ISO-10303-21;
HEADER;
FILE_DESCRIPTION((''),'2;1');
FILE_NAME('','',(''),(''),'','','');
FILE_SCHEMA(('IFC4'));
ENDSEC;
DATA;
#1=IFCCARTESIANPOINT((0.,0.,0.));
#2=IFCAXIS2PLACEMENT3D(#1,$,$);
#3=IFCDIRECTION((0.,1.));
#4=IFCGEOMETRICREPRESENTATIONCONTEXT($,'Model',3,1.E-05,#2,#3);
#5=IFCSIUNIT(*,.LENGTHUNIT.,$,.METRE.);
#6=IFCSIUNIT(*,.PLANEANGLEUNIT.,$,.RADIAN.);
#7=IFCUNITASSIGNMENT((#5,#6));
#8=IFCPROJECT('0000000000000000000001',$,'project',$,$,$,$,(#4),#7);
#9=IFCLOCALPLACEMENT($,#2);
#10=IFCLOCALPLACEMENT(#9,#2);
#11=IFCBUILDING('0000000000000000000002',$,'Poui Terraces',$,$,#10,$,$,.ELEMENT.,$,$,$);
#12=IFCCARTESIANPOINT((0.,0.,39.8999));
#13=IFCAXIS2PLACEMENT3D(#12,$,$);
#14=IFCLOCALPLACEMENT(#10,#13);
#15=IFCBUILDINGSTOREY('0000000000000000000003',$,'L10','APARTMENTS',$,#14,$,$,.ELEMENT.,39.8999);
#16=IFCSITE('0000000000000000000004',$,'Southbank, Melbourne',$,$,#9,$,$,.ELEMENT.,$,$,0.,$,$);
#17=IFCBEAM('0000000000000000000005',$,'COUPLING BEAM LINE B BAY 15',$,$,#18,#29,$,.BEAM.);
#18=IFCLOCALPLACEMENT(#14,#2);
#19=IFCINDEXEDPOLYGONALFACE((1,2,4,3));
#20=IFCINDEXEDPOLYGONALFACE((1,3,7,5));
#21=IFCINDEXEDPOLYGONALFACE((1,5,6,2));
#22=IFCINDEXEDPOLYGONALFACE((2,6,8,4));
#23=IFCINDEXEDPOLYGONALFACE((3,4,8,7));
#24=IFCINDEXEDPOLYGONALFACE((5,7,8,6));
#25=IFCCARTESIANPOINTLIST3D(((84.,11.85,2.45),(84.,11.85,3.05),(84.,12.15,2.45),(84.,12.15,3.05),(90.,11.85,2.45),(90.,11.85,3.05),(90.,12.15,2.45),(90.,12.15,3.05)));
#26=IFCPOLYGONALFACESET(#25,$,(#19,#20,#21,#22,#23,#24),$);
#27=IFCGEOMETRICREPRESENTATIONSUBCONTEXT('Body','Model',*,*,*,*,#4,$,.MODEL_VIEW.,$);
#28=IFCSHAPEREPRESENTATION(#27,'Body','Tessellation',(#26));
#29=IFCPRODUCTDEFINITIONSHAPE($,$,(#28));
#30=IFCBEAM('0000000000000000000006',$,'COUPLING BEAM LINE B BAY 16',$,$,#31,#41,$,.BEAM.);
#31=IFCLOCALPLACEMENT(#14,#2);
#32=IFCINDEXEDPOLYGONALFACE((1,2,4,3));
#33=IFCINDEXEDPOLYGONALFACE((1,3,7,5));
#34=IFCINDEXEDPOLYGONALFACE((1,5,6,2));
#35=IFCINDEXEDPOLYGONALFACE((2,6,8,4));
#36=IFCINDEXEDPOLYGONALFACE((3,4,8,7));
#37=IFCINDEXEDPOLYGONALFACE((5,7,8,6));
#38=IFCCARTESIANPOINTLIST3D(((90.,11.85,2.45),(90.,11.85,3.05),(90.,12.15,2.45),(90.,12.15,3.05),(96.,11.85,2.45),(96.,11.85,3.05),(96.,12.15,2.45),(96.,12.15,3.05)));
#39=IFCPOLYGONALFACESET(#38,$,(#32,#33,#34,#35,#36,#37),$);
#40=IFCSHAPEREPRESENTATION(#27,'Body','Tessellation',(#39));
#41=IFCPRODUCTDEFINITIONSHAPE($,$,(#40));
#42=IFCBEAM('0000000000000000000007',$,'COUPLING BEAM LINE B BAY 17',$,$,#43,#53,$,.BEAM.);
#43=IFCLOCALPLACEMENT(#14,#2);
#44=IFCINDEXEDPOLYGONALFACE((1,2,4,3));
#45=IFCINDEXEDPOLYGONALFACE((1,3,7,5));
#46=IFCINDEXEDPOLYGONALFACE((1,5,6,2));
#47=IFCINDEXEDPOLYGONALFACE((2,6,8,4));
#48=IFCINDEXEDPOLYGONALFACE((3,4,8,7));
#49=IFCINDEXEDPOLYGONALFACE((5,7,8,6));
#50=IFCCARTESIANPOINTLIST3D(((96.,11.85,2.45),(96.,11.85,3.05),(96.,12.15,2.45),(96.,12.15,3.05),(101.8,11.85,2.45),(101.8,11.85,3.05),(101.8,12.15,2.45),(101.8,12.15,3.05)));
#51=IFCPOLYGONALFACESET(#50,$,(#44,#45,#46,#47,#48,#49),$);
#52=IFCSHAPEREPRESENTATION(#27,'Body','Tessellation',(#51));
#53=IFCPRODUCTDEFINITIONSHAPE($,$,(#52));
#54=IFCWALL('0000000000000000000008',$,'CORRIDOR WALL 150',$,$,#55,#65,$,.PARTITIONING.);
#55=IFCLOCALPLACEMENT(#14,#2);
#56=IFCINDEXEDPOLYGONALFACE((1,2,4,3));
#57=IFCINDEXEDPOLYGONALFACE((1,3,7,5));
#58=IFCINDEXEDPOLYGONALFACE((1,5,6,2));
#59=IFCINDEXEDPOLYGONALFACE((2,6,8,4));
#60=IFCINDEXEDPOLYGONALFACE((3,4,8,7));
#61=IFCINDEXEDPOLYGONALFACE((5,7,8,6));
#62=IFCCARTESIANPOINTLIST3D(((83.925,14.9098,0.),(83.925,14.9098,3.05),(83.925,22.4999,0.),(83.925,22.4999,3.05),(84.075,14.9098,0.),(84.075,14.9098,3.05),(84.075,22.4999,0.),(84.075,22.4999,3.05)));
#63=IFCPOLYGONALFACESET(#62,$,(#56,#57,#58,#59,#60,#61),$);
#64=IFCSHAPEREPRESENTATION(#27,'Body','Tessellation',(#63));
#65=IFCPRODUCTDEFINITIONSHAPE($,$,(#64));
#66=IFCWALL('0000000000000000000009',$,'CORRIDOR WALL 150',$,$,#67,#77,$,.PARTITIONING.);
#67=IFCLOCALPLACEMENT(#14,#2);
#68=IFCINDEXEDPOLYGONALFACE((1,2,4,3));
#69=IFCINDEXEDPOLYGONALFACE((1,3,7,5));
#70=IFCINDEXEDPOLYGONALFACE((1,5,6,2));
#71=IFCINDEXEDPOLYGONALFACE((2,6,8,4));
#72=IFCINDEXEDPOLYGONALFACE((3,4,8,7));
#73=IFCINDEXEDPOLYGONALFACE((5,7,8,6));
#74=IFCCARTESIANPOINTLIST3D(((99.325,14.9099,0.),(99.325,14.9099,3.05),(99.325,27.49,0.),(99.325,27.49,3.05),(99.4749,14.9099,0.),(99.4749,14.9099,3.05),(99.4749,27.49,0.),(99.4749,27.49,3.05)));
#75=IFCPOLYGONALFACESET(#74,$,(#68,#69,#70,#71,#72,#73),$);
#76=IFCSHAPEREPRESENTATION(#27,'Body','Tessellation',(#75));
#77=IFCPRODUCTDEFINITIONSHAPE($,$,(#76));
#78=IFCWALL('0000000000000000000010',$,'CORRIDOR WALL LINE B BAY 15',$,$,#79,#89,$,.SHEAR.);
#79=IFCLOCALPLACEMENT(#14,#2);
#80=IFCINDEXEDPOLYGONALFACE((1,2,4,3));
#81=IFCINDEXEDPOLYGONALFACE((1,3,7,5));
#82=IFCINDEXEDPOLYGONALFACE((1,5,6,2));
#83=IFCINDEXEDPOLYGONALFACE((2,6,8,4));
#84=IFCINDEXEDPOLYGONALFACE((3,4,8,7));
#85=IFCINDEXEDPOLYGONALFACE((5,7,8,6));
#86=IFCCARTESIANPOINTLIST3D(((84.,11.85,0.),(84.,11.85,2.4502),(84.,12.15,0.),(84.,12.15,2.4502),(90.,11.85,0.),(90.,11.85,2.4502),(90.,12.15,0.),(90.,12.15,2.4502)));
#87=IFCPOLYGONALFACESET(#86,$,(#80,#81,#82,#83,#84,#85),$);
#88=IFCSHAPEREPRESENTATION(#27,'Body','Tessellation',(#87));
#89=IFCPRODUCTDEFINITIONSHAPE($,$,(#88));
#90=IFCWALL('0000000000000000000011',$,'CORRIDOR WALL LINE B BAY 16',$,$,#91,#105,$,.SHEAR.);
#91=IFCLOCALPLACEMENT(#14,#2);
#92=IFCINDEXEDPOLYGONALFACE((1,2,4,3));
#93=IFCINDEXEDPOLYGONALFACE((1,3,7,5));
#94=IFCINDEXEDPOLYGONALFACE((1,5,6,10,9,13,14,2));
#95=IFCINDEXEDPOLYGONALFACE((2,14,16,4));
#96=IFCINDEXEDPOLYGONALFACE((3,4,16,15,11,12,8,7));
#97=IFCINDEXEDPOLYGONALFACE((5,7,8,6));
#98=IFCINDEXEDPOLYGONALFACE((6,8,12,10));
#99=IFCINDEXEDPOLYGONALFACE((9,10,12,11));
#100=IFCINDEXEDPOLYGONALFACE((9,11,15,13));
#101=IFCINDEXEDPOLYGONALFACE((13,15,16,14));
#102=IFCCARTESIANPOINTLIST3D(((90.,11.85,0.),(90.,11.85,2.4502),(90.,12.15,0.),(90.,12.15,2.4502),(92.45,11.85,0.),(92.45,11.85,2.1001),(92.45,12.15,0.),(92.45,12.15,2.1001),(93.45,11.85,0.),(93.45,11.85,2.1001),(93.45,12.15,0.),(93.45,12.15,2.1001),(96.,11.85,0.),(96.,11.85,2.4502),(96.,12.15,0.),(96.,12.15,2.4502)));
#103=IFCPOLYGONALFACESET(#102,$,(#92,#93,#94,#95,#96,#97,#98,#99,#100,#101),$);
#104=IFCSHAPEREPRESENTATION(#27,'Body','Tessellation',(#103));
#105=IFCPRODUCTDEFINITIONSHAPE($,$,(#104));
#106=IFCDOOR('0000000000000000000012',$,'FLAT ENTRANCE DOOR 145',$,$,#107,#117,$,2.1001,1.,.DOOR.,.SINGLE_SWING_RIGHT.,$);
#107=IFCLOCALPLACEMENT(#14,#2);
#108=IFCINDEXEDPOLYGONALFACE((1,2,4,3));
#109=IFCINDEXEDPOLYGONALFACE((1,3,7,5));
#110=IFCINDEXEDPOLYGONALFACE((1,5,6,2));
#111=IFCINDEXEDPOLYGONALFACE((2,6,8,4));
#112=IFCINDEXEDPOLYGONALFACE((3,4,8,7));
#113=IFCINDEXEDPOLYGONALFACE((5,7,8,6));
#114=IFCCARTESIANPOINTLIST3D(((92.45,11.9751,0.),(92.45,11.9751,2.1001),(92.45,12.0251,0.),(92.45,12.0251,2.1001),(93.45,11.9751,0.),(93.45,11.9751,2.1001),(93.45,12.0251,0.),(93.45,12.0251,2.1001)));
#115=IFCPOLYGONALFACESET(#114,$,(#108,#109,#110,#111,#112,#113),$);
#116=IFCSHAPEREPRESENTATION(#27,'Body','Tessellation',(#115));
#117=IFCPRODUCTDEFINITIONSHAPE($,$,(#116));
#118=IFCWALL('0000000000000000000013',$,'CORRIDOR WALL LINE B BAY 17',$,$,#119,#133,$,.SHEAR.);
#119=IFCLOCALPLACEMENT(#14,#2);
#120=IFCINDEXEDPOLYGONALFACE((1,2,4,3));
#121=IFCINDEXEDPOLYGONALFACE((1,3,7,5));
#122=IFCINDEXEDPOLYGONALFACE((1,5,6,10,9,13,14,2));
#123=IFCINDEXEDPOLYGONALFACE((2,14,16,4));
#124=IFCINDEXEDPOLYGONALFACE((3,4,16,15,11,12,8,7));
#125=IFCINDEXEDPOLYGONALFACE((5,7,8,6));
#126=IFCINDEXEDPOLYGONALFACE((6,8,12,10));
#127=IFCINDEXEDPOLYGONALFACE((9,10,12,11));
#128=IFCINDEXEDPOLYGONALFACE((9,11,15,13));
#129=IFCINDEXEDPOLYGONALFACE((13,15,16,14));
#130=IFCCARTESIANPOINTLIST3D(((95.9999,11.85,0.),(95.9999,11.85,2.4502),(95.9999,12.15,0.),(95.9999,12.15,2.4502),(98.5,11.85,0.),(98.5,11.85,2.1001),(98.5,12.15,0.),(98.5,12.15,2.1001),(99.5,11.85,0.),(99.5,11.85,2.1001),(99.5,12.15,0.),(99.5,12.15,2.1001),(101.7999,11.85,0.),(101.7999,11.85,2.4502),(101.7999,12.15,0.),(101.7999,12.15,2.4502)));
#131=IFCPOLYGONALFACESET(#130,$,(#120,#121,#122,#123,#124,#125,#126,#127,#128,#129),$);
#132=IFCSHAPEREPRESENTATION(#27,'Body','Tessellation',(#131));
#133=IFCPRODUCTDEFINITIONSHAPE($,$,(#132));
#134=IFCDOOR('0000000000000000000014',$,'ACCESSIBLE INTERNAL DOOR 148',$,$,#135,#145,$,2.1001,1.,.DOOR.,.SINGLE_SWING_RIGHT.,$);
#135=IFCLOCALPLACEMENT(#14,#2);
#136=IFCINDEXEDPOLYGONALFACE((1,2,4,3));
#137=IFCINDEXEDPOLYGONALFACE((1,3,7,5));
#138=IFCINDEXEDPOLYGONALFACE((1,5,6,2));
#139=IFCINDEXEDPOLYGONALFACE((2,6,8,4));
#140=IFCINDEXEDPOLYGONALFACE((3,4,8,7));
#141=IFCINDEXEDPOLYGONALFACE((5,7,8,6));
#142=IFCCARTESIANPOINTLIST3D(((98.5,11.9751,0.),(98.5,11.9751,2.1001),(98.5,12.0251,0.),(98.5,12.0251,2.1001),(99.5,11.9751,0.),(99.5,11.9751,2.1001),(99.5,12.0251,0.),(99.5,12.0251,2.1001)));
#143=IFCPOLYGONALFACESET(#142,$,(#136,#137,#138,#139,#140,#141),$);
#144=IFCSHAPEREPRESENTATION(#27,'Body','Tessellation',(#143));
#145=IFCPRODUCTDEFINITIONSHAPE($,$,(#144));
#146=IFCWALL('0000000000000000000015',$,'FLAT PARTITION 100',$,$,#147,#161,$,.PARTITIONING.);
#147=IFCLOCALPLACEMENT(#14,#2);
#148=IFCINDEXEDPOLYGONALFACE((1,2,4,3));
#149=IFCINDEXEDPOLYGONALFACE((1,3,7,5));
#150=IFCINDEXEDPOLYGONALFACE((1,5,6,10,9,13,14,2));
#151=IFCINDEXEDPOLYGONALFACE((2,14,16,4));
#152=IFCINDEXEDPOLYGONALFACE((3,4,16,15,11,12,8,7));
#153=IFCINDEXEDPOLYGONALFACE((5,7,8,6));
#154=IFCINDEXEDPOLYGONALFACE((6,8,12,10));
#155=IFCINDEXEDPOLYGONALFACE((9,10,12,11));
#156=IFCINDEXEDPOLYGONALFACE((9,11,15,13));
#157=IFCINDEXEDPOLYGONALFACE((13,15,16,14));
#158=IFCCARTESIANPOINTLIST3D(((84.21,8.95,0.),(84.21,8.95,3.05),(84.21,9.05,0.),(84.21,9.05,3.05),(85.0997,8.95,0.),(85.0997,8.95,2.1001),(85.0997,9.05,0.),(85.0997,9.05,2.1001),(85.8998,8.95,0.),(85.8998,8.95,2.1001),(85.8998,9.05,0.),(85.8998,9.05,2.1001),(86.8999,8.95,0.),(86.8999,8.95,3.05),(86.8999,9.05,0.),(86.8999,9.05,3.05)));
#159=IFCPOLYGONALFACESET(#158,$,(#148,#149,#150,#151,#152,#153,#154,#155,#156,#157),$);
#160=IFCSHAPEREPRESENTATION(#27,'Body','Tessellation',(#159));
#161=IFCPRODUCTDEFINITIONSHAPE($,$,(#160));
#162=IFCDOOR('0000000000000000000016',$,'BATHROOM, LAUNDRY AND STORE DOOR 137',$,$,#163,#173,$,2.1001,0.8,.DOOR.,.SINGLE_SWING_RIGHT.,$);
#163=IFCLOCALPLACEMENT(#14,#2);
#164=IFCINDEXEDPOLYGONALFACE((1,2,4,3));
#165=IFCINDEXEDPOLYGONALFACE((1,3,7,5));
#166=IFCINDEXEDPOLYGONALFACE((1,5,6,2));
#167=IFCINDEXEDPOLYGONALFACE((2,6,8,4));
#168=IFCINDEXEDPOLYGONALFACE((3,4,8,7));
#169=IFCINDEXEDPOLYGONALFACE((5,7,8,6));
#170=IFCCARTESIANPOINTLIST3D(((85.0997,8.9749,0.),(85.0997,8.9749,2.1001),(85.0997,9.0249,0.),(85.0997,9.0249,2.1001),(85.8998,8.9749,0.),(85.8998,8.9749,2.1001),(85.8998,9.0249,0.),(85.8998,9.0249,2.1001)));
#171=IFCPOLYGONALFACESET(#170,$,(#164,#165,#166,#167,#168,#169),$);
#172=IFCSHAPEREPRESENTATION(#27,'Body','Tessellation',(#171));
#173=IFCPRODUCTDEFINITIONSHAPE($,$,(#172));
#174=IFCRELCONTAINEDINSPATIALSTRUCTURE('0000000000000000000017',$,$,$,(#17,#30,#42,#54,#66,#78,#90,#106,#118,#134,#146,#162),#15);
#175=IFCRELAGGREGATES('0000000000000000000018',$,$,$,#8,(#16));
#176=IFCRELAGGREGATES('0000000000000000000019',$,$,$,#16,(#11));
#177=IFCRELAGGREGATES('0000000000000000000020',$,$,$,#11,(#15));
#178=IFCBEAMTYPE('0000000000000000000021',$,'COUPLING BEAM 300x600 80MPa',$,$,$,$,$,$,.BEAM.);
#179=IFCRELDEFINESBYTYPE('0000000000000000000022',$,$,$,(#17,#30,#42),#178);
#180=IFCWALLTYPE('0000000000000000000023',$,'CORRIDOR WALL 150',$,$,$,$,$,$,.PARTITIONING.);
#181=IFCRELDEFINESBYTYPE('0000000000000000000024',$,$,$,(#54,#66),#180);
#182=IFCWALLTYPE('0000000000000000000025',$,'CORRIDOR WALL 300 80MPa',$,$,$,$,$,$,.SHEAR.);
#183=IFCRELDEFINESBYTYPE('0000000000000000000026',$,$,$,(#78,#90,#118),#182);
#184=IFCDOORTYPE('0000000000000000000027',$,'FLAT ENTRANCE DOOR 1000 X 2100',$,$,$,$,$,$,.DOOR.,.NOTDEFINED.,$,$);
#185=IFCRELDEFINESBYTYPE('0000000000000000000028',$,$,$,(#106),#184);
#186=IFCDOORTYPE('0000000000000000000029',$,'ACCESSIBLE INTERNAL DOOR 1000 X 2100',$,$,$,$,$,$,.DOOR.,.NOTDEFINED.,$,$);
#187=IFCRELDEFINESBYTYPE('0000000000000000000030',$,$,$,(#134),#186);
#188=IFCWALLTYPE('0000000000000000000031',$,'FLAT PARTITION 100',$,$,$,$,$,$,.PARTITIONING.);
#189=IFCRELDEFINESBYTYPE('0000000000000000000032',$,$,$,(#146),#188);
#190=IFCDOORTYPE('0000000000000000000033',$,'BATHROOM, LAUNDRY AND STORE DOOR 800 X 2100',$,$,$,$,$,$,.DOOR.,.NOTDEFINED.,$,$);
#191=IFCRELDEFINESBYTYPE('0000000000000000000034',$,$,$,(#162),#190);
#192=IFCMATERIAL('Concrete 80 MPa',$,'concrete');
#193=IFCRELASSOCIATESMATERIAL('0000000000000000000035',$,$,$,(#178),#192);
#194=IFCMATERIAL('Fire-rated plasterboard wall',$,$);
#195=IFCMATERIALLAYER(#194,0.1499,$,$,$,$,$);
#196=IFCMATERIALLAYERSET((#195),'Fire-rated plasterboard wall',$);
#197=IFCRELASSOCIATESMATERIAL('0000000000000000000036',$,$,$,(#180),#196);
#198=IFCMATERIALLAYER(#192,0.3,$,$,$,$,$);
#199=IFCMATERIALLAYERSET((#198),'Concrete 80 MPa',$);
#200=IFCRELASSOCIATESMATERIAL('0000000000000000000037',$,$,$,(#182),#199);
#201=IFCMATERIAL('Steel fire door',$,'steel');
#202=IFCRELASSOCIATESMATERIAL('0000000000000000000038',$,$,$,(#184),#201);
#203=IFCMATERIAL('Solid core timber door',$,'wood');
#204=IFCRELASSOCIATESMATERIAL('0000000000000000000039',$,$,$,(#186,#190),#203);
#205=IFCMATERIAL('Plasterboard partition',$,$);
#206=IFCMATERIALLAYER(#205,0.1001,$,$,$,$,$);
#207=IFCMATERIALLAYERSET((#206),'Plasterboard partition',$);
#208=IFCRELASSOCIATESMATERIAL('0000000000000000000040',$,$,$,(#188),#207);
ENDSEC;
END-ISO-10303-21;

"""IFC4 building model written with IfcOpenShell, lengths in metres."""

from ifc_helpers import new_model, si_unit, direction, frame, frame_2d, origin, origin_2d, place, context, subcontext, project, spatial, rectangle, extrude, source, transform, mapped, material, layer, layer_set, material_profile, profile_set, type_object, element, fill, save


model = new_model("IFC4")

# Units and contexts
model_context = context("Model", 3, precision=1e-05, world=origin(), true_north=direction((0.0, 1.0)))
body_context = subcontext(model_context, "Body", "Model", "MODEL_VIEW")
ifc_project = project(units=[si_unit("LENGTHUNIT", "METRE"), si_unit("PLANEANGLEUNIT", "RADIAN")], contexts=[model_context])

# Site, building, storey
site_placement = place(None, origin())
site = spatial("IfcSite", under=ifc_project, at=site_placement, Name="Southbank, Melbourne", CompositionType="ELEMENT", RefElevation=0.0)
building_placement = place(site_placement, origin())
building = spatial("IfcBuilding", under=site, at=building_placement, Name="Poui Terraces", CompositionType="ELEMENT")
storey_placement = place(building_placement, frame((0.0, 0.0, 39.8999)))
storey = spatial("IfcBuildingStorey", under=building, at=storey_placement, Name="L10", Description="APARTMENTS", CompositionType="ELEMENT", Elevation=39.8999)

# Beams
ifc_material_1 = material(Name="Concrete 80 MPa", Category="concrete")
ifc_material_profile = material_profile(ifc_material_1, rectangle(XDim=0.3, YDim=0.6001, at=origin_2d()), Name="RC 300x600")
ifc_profile_set = profile_set([ifc_material_profile], Name="Concrete 80 MPa")
beam_type = type_object("IfcBeamType", Name="COUPLING BEAM 300x600 80MPa", PredefinedType="BEAM", material=ifc_profile_set)
shared_shape_1 = source(origin(), body_context, "Body", "SweptSolid", [
    extrude(rectangle(XDim=0.3, YDim=0.6001, at=origin_2d()), origin(), (0.0, 0.0, 1.0), 6.0),
])
for number, where, z_axis, x_axis, name in (
    (1, (84.0, 12.0, 2.75), (1.0, 0.0, 0.0), (0.0, 1.0, 0.0), "COUPLING BEAM LINE B BAY 15"),
    (2, (90.0, 12.0, 2.75), (1.0, 0.0, 0.0), (0.0, 1.0, 0.0), "COUPLING BEAM LINE B BAY 16"),
):
    element("IfcBeam", number, at=place(storey_placement, frame(where, z_axis=z_axis, x_axis=x_axis)), inside=storey, type_object=beam_type, Name=name, PredefinedType="BEAM", context=body_context, shape_type="MappedRepresentation", body=[
        mapped(shared_shape_1, transform((0.0, 0.0, 0.0))),
    ])
shared_shape_2 = source(origin(), body_context, "Body", "SweptSolid", [
    extrude(rectangle(XDim=0.3, YDim=0.6001, at=origin_2d()), origin(), (0.0, 0.0, 1.0), 5.8),
])
beam_placement = place(storey_placement, frame((96.0, 12.0, 2.75), z_axis=(1.0, 0.0, 0.0), x_axis=(0.0, 1.0, 0.0)))
element("IfcBeam", 3, at=beam_placement, inside=storey, type_object=beam_type, Name="COUPLING BEAM LINE B BAY 17", PredefinedType="BEAM", context=body_context, shape_type="MappedRepresentation", body=[
    mapped(shared_shape_2, transform((0.0, 0.0, 0.0))),
])

# Walls
ifc_material_2 = material(Name="Fire-rated plasterboard wall")
ifc_layer_1 = layer(ifc_material_2, 0.1499)
ifc_layer_set_1 = layer_set([ifc_layer_1], Name="Fire-rated plasterboard wall")
wall_type_1 = type_object("IfcWallType", Name="CORRIDOR WALL 150", PredefinedType="PARTITIONING", material=ifc_layer_set_1)
wall_1_placement = place(storey_placement, frame((84.0, 14.9099, 0.0), z_axis=(0.0, 0.0, 1.0), x_axis=(0.0, 1.0, 0.0)))
element("IfcWall", 4, at=wall_1_placement, inside=storey, type_object=wall_type_1, Name="CORRIDOR WALL 150", PredefinedType="PARTITIONING", context=body_context, shape_type="SweptSolid", body=[
    extrude(rectangle(XDim=7.5901, YDim=0.1499, at=frame_2d((3.7949, 0.0))), origin(), (0.0, 0.0, 1.0), 3.05),
])
wall_2_placement = place(storey_placement, frame((99.3999, 14.9099, 0.0), z_axis=(0.0, 0.0, 1.0), x_axis=(0.0, 1.0, 0.0)))
element("IfcWall", 5, at=wall_2_placement, inside=storey, type_object=wall_type_1, Name="CORRIDOR WALL 150", PredefinedType="PARTITIONING", context=body_context, shape_type="SweptSolid", body=[
    extrude(rectangle(XDim=12.5801, YDim=0.1499, at=frame_2d((6.29, 0.0))), origin(), (0.0, 0.0, 1.0), 3.05),
])
ifc_layer_2 = layer(ifc_material_1, 0.3)
ifc_layer_set_2 = layer_set([ifc_layer_2], Name="Concrete 80 MPa")
wall_type_2 = type_object("IfcWallType", Name="CORRIDOR WALL 300 80MPa", PredefinedType="SHEAR", material=ifc_layer_set_2)
wall_3_placement = place(storey_placement, frame((84.0, 12.0, 0.0), z_axis=(0.0, 0.0, 1.0), x_axis=(1.0, 0.0, 0.0)))
element("IfcWall", 6, at=wall_3_placement, inside=storey, type_object=wall_type_2, Name="CORRIDOR WALL LINE B BAY 15", PredefinedType="SHEAR", context=body_context, shape_type="SweptSolid", body=[
    extrude(rectangle(XDim=6.0, YDim=0.3, at=frame_2d((3.0, 0.0))), origin(), (0.0, 0.0, 1.0), 2.4502),
])

# Walls, openings, doors
wall_4_placement = place(storey_placement, frame((90.0, 12.0, 0.0), z_axis=(0.0, 0.0, 1.0), x_axis=(1.0, 0.0, 0.0)))
wall_4 = element("IfcWall", 7, at=wall_4_placement, inside=storey, type_object=wall_type_2, Name="CORRIDOR WALL LINE B BAY 16", PredefinedType="SHEAR", context=body_context, shape_type="SweptSolid", body=[
    extrude(rectangle(XDim=6.0, YDim=0.3, at=frame_2d((3.0, 0.0))), origin(), (0.0, 0.0, 1.0), 2.4502),
])
opening_1_placement = place(wall_4_placement, frame((2.45, 0.0, 0.0)))
opening_1 = element("IfcOpeningElement", 8, at=opening_1_placement, cuts=wall_4, PredefinedType="OPENING", context=body_context, shape_type="SweptSolid", body=[
    extrude(rectangle(XDim=1.0, YDim=2.1001, at=frame_2d((0.5, 1.05))), frame((0.0, 0.1602, 0.0), z_axis=(0.0, -1.0, 0.0), x_axis=(1.0, 0.0, 0.0)), (0.0, 0.0, 1.0), 0.3201),
])
ifc_material_3 = material(Name="Steel fire door", Category="steel")
door_type_1 = type_object("IfcDoorType", Name="FLAT ENTRANCE DOOR 1000 X 2100", OperationType="NOTDEFINED", PredefinedType="DOOR", material=ifc_material_3)
door_1_placement = place(opening_1_placement, frame((1.0, 0.0, 0.0), z_axis=(0.0, 0.0, 1.0), x_axis=(-1.0, 0.0, 0.0)))
door_1 = element("IfcDoor", 9, at=door_1_placement, inside=storey, type_object=door_type_1, Name="FLAT ENTRANCE DOOR 145", OperationType="SINGLE_SWING_RIGHT", OverallHeight=2.1001, OverallWidth=1.0, PredefinedType="DOOR", context=body_context, shape_type="SweptSolid", body=[
    extrude(rectangle(XDim=1.0, YDim=2.1001, at=frame_2d((0.5, 1.05))), frame((0.0, 0.0249, 0.0), z_axis=(0.0, -1.0, 0.0), x_axis=(1.0, 0.0, 0.0)), (0.0, 0.0, 1.0), 0.05),
])
fill(opening_1, door_1)
wall_5_placement = place(storey_placement, frame((96.0, 12.0, 0.0), z_axis=(0.0, 0.0, 1.0), x_axis=(1.0, 0.0, 0.0)))
wall_5 = element("IfcWall", 10, at=wall_5_placement, inside=storey, type_object=wall_type_2, Name="CORRIDOR WALL LINE B BAY 17", PredefinedType="SHEAR", context=body_context, shape_type="SweptSolid", body=[
    extrude(rectangle(XDim=5.8, YDim=0.3, at=frame_2d((2.8999, 0.0))), origin(), (0.0, 0.0, 1.0), 2.4502),
])
opening_2_placement = place(wall_5_placement, frame((2.5, 0.0, 0.0)))
opening_2 = element("IfcOpeningElement", 11, at=opening_2_placement, cuts=wall_5, PredefinedType="OPENING", context=body_context, shape_type="SweptSolid", body=[
    extrude(rectangle(XDim=1.0, YDim=2.1001, at=frame_2d((0.5, 1.05))), frame((0.0, 0.1602, 0.0), z_axis=(0.0, -1.0, 0.0), x_axis=(1.0, 0.0, 0.0)), (0.0, 0.0, 1.0), 0.3201),
])
ifc_material_4 = material(Name="Solid core timber door", Category="wood")
door_type_2 = type_object("IfcDoorType", Name="ACCESSIBLE INTERNAL DOOR 1000 X 2100", OperationType="NOTDEFINED", PredefinedType="DOOR", material=ifc_material_4)
door_2_placement = place(opening_2_placement, frame((1.0, 0.0, 0.0), z_axis=(0.0, 0.0, 1.0), x_axis=(-1.0, 0.0, 0.0)))
door_2 = element("IfcDoor", 12, at=door_2_placement, inside=storey, type_object=door_type_2, Name="ACCESSIBLE INTERNAL DOOR 148", OperationType="SINGLE_SWING_RIGHT", OverallHeight=2.1001, OverallWidth=1.0, PredefinedType="DOOR", context=body_context, shape_type="SweptSolid", body=[
    extrude(rectangle(XDim=1.0, YDim=2.1001, at=frame_2d((0.5, 1.05))), frame((0.0, 0.0249, 0.0), z_axis=(0.0, -1.0, 0.0), x_axis=(1.0, 0.0, 0.0)), (0.0, 0.0, 1.0), 0.05),
])
fill(opening_2, door_2)
ifc_material_5 = material(Name="Plasterboard partition")
ifc_layer_3 = layer(ifc_material_5, 0.1001)
ifc_layer_set_3 = layer_set([ifc_layer_3], Name="Plasterboard partition")
wall_type_3 = type_object("IfcWallType", Name="FLAT PARTITION 100", PredefinedType="PARTITIONING", material=ifc_layer_set_3)
wall_6_placement = place(storey_placement, frame((84.21, 9.0, 0.0), z_axis=(0.0, 0.0, 1.0), x_axis=(1.0, 0.0, 0.0)))
wall_6 = element("IfcWall", 13, at=wall_6_placement, inside=storey, type_object=wall_type_3, Name="FLAT PARTITION 100", PredefinedType="PARTITIONING", context=body_context, shape_type="SweptSolid", body=[
    extrude(rectangle(XDim=2.6899, YDim=0.1001, at=frame_2d((1.345, 0.0))), origin(), (0.0, 0.0, 1.0), 3.05),
])
opening_3_placement = place(wall_6_placement, frame((0.8899, 0.0, 0.0)))
opening_3 = element("IfcOpeningElement", 14, at=opening_3_placement, cuts=wall_6, PredefinedType="OPENING", context=body_context, shape_type="SweptSolid", body=[
    extrude(rectangle(XDim=0.8, YDim=2.1001, at=frame_2d((0.3999, 1.05))), frame((0.0, 0.0601, 0.0), z_axis=(0.0, -1.0, 0.0), x_axis=(1.0, 0.0, 0.0)), (0.0, 0.0, 1.0), 0.1201),
])
door_type_3 = type_object("IfcDoorType", Name="BATHROOM, LAUNDRY AND STORE DOOR 800 X 2100", OperationType="NOTDEFINED", PredefinedType="DOOR", material=ifc_material_4)
door_3_placement = place(opening_3_placement, origin())
door_3 = element("IfcDoor", 15, at=door_3_placement, inside=storey, type_object=door_type_3, Name="BATHROOM, LAUNDRY AND STORE DOOR 137", OperationType="SINGLE_SWING_RIGHT", OverallHeight=2.1001, OverallWidth=0.8, PredefinedType="DOOR", context=body_context, shape_type="SweptSolid", body=[
    extrude(rectangle(XDim=0.8, YDim=2.1001, at=frame_2d((0.3999, 1.05))), frame((0.0, 0.0249, 0.0), z_axis=(0.0, -1.0, 0.0), x_axis=(1.0, 0.0, 0.0)), (0.0, 0.0, 1.0), 0.05),
])
fill(opening_3, door_3)

save(model, "model.ifc")
